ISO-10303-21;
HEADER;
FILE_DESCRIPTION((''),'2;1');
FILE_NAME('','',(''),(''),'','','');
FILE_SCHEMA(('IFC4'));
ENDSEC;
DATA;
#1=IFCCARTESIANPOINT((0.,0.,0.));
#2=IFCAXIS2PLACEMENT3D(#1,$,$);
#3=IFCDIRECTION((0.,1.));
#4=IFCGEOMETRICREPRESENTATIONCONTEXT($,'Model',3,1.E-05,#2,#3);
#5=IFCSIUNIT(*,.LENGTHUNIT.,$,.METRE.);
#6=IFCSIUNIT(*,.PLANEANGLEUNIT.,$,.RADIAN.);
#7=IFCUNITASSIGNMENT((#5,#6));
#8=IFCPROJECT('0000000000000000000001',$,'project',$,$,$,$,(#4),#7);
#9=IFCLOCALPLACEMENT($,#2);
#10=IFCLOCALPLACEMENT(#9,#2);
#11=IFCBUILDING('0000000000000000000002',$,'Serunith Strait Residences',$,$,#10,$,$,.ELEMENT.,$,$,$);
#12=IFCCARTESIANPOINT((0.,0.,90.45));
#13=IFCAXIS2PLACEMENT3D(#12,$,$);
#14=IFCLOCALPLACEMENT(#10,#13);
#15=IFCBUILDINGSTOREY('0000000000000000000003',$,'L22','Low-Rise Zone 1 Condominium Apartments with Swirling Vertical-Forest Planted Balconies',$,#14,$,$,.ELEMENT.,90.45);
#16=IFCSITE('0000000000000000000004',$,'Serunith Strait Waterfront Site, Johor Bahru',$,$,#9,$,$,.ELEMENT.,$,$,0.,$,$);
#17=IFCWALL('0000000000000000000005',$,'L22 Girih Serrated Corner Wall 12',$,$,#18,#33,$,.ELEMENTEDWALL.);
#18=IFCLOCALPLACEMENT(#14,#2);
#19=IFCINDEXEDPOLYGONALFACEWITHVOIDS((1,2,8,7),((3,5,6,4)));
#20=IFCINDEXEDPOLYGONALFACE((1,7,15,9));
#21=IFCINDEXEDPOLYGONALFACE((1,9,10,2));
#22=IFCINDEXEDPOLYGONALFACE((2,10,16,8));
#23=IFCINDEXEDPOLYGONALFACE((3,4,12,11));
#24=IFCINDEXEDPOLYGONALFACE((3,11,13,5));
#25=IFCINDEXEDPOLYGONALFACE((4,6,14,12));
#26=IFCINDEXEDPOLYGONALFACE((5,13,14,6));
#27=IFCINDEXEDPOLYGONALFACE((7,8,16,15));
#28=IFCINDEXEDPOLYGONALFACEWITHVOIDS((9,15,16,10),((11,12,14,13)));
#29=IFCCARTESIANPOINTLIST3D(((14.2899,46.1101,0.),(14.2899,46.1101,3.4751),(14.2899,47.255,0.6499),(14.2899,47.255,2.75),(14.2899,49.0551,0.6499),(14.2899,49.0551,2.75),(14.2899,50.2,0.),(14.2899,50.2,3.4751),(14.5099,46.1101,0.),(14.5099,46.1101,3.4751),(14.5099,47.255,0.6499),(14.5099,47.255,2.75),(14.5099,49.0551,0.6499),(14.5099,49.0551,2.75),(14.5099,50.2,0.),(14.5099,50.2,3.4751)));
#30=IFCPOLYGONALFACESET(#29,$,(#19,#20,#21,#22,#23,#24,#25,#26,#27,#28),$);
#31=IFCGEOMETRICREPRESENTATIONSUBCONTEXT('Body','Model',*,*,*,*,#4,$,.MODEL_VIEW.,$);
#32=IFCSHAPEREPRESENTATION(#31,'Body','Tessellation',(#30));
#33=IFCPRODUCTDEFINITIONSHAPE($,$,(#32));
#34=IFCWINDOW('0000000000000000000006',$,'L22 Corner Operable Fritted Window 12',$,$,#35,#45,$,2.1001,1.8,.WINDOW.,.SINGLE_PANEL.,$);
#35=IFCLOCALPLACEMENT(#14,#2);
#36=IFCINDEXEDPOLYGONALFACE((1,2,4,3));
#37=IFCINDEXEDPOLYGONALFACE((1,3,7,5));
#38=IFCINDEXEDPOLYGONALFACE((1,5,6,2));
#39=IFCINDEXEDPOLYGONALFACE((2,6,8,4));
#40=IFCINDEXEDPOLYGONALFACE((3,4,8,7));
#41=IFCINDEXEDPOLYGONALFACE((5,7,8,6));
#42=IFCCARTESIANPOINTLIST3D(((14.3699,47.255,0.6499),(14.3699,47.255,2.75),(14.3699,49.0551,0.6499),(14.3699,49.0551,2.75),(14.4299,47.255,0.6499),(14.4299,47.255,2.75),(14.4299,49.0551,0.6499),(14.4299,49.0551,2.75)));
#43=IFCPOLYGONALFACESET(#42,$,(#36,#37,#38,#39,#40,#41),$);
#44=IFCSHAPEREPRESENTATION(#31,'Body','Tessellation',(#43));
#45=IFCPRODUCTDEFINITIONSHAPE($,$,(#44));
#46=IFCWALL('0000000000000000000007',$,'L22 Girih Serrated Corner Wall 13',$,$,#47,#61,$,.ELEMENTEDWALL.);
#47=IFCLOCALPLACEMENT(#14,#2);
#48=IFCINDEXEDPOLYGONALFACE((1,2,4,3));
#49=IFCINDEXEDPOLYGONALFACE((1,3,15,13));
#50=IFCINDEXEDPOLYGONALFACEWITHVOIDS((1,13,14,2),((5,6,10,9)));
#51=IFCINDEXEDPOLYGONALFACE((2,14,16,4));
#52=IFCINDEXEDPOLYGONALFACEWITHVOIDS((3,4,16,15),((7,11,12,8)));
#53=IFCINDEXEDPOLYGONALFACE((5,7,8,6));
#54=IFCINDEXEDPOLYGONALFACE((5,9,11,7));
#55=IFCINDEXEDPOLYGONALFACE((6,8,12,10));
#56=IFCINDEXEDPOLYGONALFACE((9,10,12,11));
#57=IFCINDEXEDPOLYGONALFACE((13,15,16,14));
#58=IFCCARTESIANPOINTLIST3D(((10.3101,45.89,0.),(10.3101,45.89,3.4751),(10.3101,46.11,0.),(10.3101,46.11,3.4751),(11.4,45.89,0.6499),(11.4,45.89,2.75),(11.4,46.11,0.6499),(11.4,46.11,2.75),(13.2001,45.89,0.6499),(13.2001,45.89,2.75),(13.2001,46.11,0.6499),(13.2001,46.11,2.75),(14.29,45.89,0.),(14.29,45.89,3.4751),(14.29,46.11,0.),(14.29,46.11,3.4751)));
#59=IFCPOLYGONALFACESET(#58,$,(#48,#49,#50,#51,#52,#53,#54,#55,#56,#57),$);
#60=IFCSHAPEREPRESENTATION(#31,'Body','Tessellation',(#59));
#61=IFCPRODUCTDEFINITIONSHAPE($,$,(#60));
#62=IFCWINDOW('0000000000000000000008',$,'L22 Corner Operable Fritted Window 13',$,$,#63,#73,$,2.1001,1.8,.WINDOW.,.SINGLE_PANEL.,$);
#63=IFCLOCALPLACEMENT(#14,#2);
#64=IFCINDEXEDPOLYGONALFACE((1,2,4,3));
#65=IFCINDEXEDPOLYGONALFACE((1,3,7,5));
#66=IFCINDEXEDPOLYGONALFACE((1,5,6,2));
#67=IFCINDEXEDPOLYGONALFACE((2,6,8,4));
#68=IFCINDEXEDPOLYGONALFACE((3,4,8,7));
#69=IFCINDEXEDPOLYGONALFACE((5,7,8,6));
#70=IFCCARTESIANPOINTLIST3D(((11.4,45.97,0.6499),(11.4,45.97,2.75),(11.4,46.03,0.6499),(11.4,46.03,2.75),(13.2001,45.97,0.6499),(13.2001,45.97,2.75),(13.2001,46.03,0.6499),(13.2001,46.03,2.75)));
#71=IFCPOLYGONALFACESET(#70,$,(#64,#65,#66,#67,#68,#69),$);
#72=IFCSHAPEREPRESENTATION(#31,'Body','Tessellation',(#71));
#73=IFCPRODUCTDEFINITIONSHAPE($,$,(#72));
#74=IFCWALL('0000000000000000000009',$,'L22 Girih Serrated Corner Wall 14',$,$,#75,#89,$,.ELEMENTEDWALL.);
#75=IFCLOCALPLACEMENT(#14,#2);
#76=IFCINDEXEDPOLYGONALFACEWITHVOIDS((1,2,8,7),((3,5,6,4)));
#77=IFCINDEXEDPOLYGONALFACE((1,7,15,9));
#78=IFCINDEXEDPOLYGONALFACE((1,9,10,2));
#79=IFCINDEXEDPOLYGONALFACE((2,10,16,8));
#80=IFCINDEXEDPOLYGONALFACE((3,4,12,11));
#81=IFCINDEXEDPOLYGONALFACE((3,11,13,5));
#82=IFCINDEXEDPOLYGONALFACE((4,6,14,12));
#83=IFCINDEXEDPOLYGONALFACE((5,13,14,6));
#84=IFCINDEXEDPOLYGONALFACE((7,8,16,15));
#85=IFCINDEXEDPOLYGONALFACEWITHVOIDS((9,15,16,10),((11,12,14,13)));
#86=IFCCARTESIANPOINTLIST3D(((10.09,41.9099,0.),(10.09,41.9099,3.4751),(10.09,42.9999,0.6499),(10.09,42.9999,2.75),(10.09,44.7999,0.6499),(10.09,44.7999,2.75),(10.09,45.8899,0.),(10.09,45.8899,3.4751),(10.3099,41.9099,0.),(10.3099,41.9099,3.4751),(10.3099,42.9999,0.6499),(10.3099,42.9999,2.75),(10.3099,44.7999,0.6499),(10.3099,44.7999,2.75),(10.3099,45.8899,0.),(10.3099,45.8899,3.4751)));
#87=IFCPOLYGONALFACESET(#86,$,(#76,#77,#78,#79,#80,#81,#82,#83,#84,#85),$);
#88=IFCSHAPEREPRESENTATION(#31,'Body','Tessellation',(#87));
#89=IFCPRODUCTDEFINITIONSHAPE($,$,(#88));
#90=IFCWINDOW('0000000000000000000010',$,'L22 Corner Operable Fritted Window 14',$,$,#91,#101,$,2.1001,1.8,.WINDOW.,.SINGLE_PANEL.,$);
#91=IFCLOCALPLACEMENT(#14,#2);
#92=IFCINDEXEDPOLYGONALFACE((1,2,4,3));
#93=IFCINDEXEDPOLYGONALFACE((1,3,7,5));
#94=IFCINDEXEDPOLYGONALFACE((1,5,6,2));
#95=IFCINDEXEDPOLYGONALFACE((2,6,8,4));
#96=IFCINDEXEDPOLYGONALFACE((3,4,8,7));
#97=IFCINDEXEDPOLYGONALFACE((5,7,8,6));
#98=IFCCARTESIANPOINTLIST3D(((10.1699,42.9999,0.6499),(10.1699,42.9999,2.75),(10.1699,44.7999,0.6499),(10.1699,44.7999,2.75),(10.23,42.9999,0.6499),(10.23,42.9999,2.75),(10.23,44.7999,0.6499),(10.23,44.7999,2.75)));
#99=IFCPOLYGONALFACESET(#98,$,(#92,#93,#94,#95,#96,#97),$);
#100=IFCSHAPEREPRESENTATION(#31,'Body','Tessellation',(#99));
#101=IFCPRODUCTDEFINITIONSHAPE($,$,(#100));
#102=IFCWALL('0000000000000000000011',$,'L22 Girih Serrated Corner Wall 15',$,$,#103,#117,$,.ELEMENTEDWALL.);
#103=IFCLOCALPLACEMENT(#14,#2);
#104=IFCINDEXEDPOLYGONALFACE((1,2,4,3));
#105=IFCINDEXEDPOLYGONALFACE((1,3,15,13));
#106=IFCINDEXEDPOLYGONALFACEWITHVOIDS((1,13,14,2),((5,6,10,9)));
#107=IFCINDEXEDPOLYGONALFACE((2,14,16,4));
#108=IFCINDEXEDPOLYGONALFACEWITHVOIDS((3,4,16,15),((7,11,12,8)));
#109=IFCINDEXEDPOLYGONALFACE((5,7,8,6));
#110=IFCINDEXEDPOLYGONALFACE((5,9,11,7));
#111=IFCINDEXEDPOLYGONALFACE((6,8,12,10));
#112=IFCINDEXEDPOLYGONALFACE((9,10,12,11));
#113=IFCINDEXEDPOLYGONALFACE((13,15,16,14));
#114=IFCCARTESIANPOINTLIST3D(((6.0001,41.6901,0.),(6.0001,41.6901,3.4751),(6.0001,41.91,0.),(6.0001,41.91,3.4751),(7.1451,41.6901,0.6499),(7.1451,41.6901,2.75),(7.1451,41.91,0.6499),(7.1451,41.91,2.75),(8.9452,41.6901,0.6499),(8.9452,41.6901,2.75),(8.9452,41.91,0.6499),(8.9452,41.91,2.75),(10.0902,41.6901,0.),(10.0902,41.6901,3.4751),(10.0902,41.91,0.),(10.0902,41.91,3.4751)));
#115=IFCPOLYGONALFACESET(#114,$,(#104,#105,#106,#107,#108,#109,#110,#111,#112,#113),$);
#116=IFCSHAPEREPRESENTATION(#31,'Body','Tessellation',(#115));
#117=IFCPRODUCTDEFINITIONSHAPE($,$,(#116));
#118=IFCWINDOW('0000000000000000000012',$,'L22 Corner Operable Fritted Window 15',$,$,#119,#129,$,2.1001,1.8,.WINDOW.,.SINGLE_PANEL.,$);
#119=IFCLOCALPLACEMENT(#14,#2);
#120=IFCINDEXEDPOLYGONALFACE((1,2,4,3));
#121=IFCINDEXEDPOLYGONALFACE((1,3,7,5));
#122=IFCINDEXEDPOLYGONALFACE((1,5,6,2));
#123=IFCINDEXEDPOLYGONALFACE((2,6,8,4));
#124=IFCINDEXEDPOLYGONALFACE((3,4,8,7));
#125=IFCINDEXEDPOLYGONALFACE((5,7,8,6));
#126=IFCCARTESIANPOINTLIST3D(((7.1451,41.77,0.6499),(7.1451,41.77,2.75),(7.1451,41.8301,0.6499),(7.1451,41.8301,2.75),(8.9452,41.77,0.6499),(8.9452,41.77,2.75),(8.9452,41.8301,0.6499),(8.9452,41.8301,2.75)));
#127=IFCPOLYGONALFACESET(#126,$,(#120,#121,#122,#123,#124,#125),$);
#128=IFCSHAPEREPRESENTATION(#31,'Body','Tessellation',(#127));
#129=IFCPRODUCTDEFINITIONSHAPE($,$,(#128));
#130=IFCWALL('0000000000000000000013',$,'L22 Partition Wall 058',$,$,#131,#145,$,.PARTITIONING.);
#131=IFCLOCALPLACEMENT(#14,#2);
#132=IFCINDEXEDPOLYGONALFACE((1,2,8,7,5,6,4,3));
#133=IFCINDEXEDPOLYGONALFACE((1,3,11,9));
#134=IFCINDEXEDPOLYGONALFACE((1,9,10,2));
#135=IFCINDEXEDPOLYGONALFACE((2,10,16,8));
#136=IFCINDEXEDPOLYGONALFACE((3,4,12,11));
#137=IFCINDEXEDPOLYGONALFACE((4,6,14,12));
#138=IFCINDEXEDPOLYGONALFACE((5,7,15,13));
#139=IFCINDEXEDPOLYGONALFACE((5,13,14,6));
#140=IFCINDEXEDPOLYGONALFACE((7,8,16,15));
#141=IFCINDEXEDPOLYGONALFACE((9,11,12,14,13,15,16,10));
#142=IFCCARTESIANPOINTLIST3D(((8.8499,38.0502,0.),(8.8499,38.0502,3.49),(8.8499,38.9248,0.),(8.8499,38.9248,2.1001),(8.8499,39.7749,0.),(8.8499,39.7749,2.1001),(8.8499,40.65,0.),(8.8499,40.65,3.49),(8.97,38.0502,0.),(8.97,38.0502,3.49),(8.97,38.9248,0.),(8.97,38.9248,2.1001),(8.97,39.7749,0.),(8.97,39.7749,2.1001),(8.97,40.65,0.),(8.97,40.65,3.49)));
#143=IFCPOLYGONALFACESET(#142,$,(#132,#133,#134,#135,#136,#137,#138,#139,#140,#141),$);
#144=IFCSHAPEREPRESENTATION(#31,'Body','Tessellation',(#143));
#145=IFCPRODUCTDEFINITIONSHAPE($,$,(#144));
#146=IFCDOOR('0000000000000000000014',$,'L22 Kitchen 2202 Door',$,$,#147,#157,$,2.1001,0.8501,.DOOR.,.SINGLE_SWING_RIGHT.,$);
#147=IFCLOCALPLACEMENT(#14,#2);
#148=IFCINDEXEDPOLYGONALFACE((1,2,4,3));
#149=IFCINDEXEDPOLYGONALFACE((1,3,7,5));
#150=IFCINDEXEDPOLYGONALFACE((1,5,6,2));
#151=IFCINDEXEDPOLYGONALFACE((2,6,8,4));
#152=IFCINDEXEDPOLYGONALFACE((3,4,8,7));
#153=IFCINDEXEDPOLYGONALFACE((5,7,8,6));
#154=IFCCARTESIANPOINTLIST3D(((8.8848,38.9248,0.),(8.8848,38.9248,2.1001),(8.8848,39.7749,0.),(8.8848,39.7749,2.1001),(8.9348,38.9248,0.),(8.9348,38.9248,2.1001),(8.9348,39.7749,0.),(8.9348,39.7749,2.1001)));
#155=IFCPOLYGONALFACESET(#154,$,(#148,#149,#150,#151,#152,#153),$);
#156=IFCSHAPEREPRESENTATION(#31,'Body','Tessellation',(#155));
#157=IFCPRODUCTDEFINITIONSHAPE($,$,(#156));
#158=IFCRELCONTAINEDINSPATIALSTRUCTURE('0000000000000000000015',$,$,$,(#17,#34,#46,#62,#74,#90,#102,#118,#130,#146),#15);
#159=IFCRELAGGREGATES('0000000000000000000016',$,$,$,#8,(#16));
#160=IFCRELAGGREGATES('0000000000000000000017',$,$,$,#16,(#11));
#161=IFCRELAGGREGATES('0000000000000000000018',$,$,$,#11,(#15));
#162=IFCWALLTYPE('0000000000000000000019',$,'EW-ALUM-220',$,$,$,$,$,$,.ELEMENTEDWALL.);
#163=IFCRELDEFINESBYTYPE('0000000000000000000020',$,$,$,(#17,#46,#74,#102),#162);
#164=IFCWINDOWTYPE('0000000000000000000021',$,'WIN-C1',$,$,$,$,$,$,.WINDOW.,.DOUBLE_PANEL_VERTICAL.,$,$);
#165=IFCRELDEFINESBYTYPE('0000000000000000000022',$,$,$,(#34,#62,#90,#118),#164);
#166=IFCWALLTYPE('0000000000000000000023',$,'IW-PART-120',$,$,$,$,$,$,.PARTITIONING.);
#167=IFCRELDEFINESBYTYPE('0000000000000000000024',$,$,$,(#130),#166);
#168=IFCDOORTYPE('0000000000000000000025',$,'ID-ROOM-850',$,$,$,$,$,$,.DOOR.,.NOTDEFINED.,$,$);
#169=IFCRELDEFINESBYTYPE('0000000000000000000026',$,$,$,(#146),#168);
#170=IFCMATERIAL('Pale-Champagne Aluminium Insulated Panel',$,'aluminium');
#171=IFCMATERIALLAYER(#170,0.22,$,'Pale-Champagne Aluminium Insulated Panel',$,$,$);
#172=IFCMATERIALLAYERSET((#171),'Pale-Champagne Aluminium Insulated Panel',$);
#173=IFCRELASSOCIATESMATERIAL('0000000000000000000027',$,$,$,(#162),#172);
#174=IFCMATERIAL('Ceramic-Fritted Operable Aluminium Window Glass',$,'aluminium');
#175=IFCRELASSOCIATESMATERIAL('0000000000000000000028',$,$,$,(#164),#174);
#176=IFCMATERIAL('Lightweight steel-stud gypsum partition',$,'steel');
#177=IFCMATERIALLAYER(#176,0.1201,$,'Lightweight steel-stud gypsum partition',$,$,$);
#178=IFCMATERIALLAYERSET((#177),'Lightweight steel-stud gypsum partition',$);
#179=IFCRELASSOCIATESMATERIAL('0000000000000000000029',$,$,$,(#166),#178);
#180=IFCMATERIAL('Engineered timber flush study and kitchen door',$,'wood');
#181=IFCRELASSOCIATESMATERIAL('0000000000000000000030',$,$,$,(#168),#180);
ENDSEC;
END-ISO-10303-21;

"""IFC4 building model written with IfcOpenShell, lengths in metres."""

from ifc_helpers import new_model, si_unit, direction, frame, frame_2d, origin, place, context, subcontext, project, spatial, rectangle, extrude, source, transform, mapped, material, layer, layer_set, type_object, element, fill, save


model = new_model("IFC4")

# Units and contexts
model_context = context("Model", 3, precision=1e-05, world=origin(), true_north=direction((0.0, 1.0)))
body_context = subcontext(model_context, "Body", "Model", "MODEL_VIEW")
ifc_project = project(units=[si_unit("LENGTHUNIT", "METRE"), si_unit("PLANEANGLEUNIT", "RADIAN")], contexts=[model_context])

# Site, building, storey
site_placement = place(None, origin())
site = spatial("IfcSite", under=ifc_project, at=site_placement, Name="Serunith Strait Waterfront Site, Johor Bahru", CompositionType="ELEMENT", RefElevation=0.0)
building_placement = place(site_placement, origin())
building = spatial("IfcBuilding", under=site, at=building_placement, Name="Serunith Strait Residences", CompositionType="ELEMENT")
storey_placement = place(building_placement, frame((0.0, 0.0, 90.45)))
storey = spatial("IfcBuildingStorey", under=building, at=storey_placement, Name="L22", Description="Low-Rise Zone 1 Condominium Apartments with Swirling Vertical-Forest Planted Balconies", CompositionType="ELEMENT", Elevation=90.45)

# Walls, openings, windows
ifc_material_1 = material(Name="Pale-Champagne Aluminium Insulated Panel", Category="aluminium")
ifc_layer_1 = layer(ifc_material_1, 0.22, Name="Pale-Champagne Aluminium Insulated Panel")
ifc_layer_set_1 = layer_set([ifc_layer_1], Name="Pale-Champagne Aluminium Insulated Panel")
wall_type_1 = type_object("IfcWallType", Name="EW-ALUM-220", PredefinedType="ELEMENTEDWALL", material=ifc_layer_set_1)
wall_1_placement = place(storey_placement, frame((14.3999, 50.2, 0.0), z_axis=(0.0, 0.0, 1.0), x_axis=(0.0, -1.0, 0.0)))
wall_1 = element("IfcWall", 1, at=wall_1_placement, inside=storey, type_object=wall_type_1, Name="L22 Girih Serrated Corner Wall 12", PredefinedType="ELEMENTEDWALL", context=body_context, shape_type="SweptSolid", body=[
    extrude(rectangle(XDim=4.0898, YDim=0.22, at=frame_2d((2.0449, 0.0))), origin(), (0.0, 0.0, 1.0), 3.4751),
])
opening_1_placement = place(wall_1_placement, frame((1.145, 0.0, 0.6499)))
opening_1 = element("IfcOpeningElement", 2, at=opening_1_placement, cuts=wall_1, PredefinedType="OPENING", context=body_context, shape_type="SweptSolid", body=[
    extrude(rectangle(XDim=1.8, YDim=2.1001, at=frame_2d((0.8999, 1.05))), frame((0.0, 0.1201, 0.0), z_axis=(0.0, -1.0, 0.0), x_axis=(1.0, 0.0, 0.0)), (0.0, 0.0, 1.0), 0.24),
])
ifc_material_2 = material(Name="Ceramic-Fritted Operable Aluminium Window Glass", Category="aluminium")
window_type = type_object("IfcWindowType", Name="WIN-C1", PartitioningType="DOUBLE_PANEL_VERTICAL", PredefinedType="WINDOW", material=ifc_material_2)
shared_shape_1 = source(origin(), body_context, "Body", "SweptSolid", [
    extrude(rectangle(XDim=1.8, YDim=2.1001, at=frame_2d((0.8999, 1.05))), frame((0.0, 0.03, 0.0), z_axis=(0.0, -1.0, 0.0), x_axis=(1.0, 0.0, 0.0)), (0.0, 0.0, 1.0), 0.0601),
])
window_1_placement = place(opening_1_placement, origin())
window_1 = element("IfcWindow", 3, at=window_1_placement, inside=storey, type_object=window_type, Name="L22 Corner Operable Fritted Window 12", OverallHeight=2.1001, OverallWidth=1.8, PartitioningType="SINGLE_PANEL", PredefinedType="WINDOW", context=body_context, shape_type="MappedRepresentation", body=[
    mapped(shared_shape_1, transform((0.0, 0.0, 0.0), scale=1.0)),
])
fill(opening_1, window_1)
wall_2_placement = place(storey_placement, frame((14.29, 46.0, 0.0), z_axis=(0.0, 0.0, 1.0), x_axis=(-1.0, 0.0, 0.0)))
wall_2 = element("IfcWall", 4, at=wall_2_placement, inside=storey, type_object=wall_type_1, Name="L22 Girih Serrated Corner Wall 13", PredefinedType="ELEMENTEDWALL", context=body_context, shape_type="SweptSolid", body=[
    extrude(rectangle(XDim=3.98, YDim=0.22, at=frame_2d((1.99, 0.0))), origin(), (0.0, 0.0, 1.0), 3.4751),
])
opening_2_placement = place(wall_2_placement, frame((1.0901, 0.0, 0.6499)))
opening_2 = element("IfcOpeningElement", 5, at=opening_2_placement, cuts=wall_2, PredefinedType="OPENING", context=body_context, shape_type="SweptSolid", body=[
    extrude(rectangle(XDim=1.8, YDim=2.1001, at=frame_2d((0.8999, 1.05))), frame((0.0, 0.1201, 0.0), z_axis=(0.0, -1.0, 0.0), x_axis=(1.0, 0.0, 0.0)), (0.0, 0.0, 1.0), 0.24),
])
window_2_placement = place(opening_2_placement, origin())
window_2 = element("IfcWindow", 6, at=window_2_placement, inside=storey, type_object=window_type, Name="L22 Corner Operable Fritted Window 13", OverallHeight=2.1001, OverallWidth=1.8, PartitioningType="SINGLE_PANEL", PredefinedType="WINDOW", context=body_context, shape_type="MappedRepresentation", body=[
    mapped(shared_shape_1, transform((0.0, 0.0, 0.0), scale=1.0)),
])
fill(opening_2, window_2)
wall_3_placement = place(storey_placement, frame((10.2, 45.8899, 0.0), z_axis=(0.0, 0.0, 1.0), x_axis=(0.0, -1.0, 0.0)))
wall_3 = element("IfcWall", 7, at=wall_3_placement, inside=storey, type_object=wall_type_1, Name="L22 Girih Serrated Corner Wall 14", PredefinedType="ELEMENTEDWALL", context=body_context, shape_type="SweptSolid", body=[
    extrude(rectangle(XDim=3.98, YDim=0.22, at=frame_2d((1.99, 0.0))), origin(), (0.0, 0.0, 1.0), 3.4751),
])
opening_3_placement = place(wall_3_placement, frame((1.0901, 0.0, 0.6499)))
opening_3 = element("IfcOpeningElement", 8, at=opening_3_placement, cuts=wall_3, PredefinedType="OPENING", context=body_context, shape_type="SweptSolid", body=[
    extrude(rectangle(XDim=1.8, YDim=2.1001, at=frame_2d((0.8999, 1.05))), frame((0.0, 0.1201, 0.0), z_axis=(0.0, -1.0, 0.0), x_axis=(1.0, 0.0, 0.0)), (0.0, 0.0, 1.0), 0.24),
])
window_3_placement = place(opening_3_placement, origin())
window_3 = element("IfcWindow", 9, at=window_3_placement, inside=storey, type_object=window_type, Name="L22 Corner Operable Fritted Window 14", OverallHeight=2.1001, OverallWidth=1.8, PartitioningType="SINGLE_PANEL", PredefinedType="WINDOW", context=body_context, shape_type="MappedRepresentation", body=[
    mapped(shared_shape_1, transform((0.0, 0.0, 0.0), scale=1.0)),
])
fill(opening_3, window_3)
wall_4_placement = place(storey_placement, frame((10.0901, 41.8, 0.0), z_axis=(0.0, 0.0, 1.0), x_axis=(-1.0, 0.0, 0.0)))
wall_4 = element("IfcWall", 10, at=wall_4_placement, inside=storey, type_object=wall_type_1, Name="L22 Girih Serrated Corner Wall 15", PredefinedType="ELEMENTEDWALL", context=body_context, shape_type="SweptSolid", body=[
    extrude(rectangle(XDim=4.0901, YDim=0.22, at=frame_2d((2.0449, 0.0))), origin(), (0.0, 0.0, 1.0), 3.4751),
])
opening_4_placement = place(wall_4_placement, frame((1.145, 0.0, 0.6499)))
opening_4 = element("IfcOpeningElement", 11, at=opening_4_placement, cuts=wall_4, PredefinedType="OPENING", context=body_context, shape_type="SweptSolid", body=[
    extrude(rectangle(XDim=1.8, YDim=2.1001, at=frame_2d((0.8999, 1.05))), frame((0.0, 0.1201, 0.0), z_axis=(0.0, -1.0, 0.0), x_axis=(1.0, 0.0, 0.0)), (0.0, 0.0, 1.0), 0.24),
])
window_4_placement = place(opening_4_placement, origin())
window_4 = element("IfcWindow", 12, at=window_4_placement, inside=storey, type_object=window_type, Name="L22 Corner Operable Fritted Window 15", OverallHeight=2.1001, OverallWidth=1.8, PartitioningType="SINGLE_PANEL", PredefinedType="WINDOW", context=body_context, shape_type="MappedRepresentation", body=[
    mapped(shared_shape_1, transform((0.0, 0.0, 0.0), scale=1.0)),
])
fill(opening_4, window_4)

# Wall, opening, door
ifc_material_3 = material(Name="Lightweight steel-stud gypsum partition", Category="steel")
ifc_layer_2 = layer(ifc_material_3, 0.1201, Name="Lightweight steel-stud gypsum partition")
ifc_layer_set_2 = layer_set([ifc_layer_2], Name="Lightweight steel-stud gypsum partition")
wall_type_2 = type_object("IfcWallType", Name="IW-PART-120", PredefinedType="PARTITIONING", material=ifc_layer_set_2)
wall_5_placement = place(storey_placement, frame((8.9099, 40.6499, 0.0), z_axis=(0.0, 0.0, 1.0), x_axis=(0.0, -1.0, 0.0)))
wall_5 = element("IfcWall", 13, at=wall_5_placement, inside=storey, type_object=wall_type_2, Name="L22 Partition Wall 058", PredefinedType="PARTITIONING", context=body_context, shape_type="SweptSolid", body=[
    extrude(rectangle(XDim=2.5999, YDim=0.1201, at=frame_2d((1.2998, 0.0))), origin(), (0.0, 0.0, 1.0), 3.49),
])
opening_5_placement = place(wall_5_placement, frame((0.875, 0.0, 0.0)))
opening_5 = element("IfcOpeningElement", 14, at=opening_5_placement, cuts=wall_5, PredefinedType="OPENING", context=body_context, shape_type="SweptSolid", body=[
    extrude(rectangle(XDim=0.8501, YDim=2.1001, at=frame_2d((0.425, 1.05))), frame((0.0, 0.0701, 0.0), z_axis=(0.0, -1.0, 0.0), x_axis=(1.0, 0.0, 0.0)), (0.0, 0.0, 1.0), 0.1401),
])
ifc_material_4 = material(Name="Engineered timber flush study and kitchen door", Category="wood")
door_type_1 = type_object("IfcDoorType", Name="ID-ROOM-850", OperationType="NOTDEFINED", PredefinedType="DOOR", material=ifc_material_4)
shared_shape_2 = source(origin(), body_context, "Body", "SweptSolid", [
    extrude(rectangle(XDim=0.8501, YDim=2.1001, at=frame_2d((0.425, 1.05))), frame((0.0, 0.0249, 0.0), z_axis=(0.0, -1.0, 0.0), x_axis=(1.0, 0.0, 0.0)), (0.0, 0.0, 1.0), 0.05),
])
door_1_placement = place(opening_5_placement, origin())
door_1 = element("IfcDoor", 15, at=door_1_placement, inside=storey, type_object=door_type_1, Name="L22 Kitchen 2202 Door", OperationType="SINGLE_SWING_RIGHT", OverallHeight=2.1001, OverallWidth=0.8501, PredefinedType="DOOR", context=body_context, shape_type="MappedRepresentation", body=[
    mapped(shared_shape_2, transform((0.0, 0.0, 0.0), scale=1.0)),
])
fill(opening_5, door_1)

save(model, "model.ifc")
